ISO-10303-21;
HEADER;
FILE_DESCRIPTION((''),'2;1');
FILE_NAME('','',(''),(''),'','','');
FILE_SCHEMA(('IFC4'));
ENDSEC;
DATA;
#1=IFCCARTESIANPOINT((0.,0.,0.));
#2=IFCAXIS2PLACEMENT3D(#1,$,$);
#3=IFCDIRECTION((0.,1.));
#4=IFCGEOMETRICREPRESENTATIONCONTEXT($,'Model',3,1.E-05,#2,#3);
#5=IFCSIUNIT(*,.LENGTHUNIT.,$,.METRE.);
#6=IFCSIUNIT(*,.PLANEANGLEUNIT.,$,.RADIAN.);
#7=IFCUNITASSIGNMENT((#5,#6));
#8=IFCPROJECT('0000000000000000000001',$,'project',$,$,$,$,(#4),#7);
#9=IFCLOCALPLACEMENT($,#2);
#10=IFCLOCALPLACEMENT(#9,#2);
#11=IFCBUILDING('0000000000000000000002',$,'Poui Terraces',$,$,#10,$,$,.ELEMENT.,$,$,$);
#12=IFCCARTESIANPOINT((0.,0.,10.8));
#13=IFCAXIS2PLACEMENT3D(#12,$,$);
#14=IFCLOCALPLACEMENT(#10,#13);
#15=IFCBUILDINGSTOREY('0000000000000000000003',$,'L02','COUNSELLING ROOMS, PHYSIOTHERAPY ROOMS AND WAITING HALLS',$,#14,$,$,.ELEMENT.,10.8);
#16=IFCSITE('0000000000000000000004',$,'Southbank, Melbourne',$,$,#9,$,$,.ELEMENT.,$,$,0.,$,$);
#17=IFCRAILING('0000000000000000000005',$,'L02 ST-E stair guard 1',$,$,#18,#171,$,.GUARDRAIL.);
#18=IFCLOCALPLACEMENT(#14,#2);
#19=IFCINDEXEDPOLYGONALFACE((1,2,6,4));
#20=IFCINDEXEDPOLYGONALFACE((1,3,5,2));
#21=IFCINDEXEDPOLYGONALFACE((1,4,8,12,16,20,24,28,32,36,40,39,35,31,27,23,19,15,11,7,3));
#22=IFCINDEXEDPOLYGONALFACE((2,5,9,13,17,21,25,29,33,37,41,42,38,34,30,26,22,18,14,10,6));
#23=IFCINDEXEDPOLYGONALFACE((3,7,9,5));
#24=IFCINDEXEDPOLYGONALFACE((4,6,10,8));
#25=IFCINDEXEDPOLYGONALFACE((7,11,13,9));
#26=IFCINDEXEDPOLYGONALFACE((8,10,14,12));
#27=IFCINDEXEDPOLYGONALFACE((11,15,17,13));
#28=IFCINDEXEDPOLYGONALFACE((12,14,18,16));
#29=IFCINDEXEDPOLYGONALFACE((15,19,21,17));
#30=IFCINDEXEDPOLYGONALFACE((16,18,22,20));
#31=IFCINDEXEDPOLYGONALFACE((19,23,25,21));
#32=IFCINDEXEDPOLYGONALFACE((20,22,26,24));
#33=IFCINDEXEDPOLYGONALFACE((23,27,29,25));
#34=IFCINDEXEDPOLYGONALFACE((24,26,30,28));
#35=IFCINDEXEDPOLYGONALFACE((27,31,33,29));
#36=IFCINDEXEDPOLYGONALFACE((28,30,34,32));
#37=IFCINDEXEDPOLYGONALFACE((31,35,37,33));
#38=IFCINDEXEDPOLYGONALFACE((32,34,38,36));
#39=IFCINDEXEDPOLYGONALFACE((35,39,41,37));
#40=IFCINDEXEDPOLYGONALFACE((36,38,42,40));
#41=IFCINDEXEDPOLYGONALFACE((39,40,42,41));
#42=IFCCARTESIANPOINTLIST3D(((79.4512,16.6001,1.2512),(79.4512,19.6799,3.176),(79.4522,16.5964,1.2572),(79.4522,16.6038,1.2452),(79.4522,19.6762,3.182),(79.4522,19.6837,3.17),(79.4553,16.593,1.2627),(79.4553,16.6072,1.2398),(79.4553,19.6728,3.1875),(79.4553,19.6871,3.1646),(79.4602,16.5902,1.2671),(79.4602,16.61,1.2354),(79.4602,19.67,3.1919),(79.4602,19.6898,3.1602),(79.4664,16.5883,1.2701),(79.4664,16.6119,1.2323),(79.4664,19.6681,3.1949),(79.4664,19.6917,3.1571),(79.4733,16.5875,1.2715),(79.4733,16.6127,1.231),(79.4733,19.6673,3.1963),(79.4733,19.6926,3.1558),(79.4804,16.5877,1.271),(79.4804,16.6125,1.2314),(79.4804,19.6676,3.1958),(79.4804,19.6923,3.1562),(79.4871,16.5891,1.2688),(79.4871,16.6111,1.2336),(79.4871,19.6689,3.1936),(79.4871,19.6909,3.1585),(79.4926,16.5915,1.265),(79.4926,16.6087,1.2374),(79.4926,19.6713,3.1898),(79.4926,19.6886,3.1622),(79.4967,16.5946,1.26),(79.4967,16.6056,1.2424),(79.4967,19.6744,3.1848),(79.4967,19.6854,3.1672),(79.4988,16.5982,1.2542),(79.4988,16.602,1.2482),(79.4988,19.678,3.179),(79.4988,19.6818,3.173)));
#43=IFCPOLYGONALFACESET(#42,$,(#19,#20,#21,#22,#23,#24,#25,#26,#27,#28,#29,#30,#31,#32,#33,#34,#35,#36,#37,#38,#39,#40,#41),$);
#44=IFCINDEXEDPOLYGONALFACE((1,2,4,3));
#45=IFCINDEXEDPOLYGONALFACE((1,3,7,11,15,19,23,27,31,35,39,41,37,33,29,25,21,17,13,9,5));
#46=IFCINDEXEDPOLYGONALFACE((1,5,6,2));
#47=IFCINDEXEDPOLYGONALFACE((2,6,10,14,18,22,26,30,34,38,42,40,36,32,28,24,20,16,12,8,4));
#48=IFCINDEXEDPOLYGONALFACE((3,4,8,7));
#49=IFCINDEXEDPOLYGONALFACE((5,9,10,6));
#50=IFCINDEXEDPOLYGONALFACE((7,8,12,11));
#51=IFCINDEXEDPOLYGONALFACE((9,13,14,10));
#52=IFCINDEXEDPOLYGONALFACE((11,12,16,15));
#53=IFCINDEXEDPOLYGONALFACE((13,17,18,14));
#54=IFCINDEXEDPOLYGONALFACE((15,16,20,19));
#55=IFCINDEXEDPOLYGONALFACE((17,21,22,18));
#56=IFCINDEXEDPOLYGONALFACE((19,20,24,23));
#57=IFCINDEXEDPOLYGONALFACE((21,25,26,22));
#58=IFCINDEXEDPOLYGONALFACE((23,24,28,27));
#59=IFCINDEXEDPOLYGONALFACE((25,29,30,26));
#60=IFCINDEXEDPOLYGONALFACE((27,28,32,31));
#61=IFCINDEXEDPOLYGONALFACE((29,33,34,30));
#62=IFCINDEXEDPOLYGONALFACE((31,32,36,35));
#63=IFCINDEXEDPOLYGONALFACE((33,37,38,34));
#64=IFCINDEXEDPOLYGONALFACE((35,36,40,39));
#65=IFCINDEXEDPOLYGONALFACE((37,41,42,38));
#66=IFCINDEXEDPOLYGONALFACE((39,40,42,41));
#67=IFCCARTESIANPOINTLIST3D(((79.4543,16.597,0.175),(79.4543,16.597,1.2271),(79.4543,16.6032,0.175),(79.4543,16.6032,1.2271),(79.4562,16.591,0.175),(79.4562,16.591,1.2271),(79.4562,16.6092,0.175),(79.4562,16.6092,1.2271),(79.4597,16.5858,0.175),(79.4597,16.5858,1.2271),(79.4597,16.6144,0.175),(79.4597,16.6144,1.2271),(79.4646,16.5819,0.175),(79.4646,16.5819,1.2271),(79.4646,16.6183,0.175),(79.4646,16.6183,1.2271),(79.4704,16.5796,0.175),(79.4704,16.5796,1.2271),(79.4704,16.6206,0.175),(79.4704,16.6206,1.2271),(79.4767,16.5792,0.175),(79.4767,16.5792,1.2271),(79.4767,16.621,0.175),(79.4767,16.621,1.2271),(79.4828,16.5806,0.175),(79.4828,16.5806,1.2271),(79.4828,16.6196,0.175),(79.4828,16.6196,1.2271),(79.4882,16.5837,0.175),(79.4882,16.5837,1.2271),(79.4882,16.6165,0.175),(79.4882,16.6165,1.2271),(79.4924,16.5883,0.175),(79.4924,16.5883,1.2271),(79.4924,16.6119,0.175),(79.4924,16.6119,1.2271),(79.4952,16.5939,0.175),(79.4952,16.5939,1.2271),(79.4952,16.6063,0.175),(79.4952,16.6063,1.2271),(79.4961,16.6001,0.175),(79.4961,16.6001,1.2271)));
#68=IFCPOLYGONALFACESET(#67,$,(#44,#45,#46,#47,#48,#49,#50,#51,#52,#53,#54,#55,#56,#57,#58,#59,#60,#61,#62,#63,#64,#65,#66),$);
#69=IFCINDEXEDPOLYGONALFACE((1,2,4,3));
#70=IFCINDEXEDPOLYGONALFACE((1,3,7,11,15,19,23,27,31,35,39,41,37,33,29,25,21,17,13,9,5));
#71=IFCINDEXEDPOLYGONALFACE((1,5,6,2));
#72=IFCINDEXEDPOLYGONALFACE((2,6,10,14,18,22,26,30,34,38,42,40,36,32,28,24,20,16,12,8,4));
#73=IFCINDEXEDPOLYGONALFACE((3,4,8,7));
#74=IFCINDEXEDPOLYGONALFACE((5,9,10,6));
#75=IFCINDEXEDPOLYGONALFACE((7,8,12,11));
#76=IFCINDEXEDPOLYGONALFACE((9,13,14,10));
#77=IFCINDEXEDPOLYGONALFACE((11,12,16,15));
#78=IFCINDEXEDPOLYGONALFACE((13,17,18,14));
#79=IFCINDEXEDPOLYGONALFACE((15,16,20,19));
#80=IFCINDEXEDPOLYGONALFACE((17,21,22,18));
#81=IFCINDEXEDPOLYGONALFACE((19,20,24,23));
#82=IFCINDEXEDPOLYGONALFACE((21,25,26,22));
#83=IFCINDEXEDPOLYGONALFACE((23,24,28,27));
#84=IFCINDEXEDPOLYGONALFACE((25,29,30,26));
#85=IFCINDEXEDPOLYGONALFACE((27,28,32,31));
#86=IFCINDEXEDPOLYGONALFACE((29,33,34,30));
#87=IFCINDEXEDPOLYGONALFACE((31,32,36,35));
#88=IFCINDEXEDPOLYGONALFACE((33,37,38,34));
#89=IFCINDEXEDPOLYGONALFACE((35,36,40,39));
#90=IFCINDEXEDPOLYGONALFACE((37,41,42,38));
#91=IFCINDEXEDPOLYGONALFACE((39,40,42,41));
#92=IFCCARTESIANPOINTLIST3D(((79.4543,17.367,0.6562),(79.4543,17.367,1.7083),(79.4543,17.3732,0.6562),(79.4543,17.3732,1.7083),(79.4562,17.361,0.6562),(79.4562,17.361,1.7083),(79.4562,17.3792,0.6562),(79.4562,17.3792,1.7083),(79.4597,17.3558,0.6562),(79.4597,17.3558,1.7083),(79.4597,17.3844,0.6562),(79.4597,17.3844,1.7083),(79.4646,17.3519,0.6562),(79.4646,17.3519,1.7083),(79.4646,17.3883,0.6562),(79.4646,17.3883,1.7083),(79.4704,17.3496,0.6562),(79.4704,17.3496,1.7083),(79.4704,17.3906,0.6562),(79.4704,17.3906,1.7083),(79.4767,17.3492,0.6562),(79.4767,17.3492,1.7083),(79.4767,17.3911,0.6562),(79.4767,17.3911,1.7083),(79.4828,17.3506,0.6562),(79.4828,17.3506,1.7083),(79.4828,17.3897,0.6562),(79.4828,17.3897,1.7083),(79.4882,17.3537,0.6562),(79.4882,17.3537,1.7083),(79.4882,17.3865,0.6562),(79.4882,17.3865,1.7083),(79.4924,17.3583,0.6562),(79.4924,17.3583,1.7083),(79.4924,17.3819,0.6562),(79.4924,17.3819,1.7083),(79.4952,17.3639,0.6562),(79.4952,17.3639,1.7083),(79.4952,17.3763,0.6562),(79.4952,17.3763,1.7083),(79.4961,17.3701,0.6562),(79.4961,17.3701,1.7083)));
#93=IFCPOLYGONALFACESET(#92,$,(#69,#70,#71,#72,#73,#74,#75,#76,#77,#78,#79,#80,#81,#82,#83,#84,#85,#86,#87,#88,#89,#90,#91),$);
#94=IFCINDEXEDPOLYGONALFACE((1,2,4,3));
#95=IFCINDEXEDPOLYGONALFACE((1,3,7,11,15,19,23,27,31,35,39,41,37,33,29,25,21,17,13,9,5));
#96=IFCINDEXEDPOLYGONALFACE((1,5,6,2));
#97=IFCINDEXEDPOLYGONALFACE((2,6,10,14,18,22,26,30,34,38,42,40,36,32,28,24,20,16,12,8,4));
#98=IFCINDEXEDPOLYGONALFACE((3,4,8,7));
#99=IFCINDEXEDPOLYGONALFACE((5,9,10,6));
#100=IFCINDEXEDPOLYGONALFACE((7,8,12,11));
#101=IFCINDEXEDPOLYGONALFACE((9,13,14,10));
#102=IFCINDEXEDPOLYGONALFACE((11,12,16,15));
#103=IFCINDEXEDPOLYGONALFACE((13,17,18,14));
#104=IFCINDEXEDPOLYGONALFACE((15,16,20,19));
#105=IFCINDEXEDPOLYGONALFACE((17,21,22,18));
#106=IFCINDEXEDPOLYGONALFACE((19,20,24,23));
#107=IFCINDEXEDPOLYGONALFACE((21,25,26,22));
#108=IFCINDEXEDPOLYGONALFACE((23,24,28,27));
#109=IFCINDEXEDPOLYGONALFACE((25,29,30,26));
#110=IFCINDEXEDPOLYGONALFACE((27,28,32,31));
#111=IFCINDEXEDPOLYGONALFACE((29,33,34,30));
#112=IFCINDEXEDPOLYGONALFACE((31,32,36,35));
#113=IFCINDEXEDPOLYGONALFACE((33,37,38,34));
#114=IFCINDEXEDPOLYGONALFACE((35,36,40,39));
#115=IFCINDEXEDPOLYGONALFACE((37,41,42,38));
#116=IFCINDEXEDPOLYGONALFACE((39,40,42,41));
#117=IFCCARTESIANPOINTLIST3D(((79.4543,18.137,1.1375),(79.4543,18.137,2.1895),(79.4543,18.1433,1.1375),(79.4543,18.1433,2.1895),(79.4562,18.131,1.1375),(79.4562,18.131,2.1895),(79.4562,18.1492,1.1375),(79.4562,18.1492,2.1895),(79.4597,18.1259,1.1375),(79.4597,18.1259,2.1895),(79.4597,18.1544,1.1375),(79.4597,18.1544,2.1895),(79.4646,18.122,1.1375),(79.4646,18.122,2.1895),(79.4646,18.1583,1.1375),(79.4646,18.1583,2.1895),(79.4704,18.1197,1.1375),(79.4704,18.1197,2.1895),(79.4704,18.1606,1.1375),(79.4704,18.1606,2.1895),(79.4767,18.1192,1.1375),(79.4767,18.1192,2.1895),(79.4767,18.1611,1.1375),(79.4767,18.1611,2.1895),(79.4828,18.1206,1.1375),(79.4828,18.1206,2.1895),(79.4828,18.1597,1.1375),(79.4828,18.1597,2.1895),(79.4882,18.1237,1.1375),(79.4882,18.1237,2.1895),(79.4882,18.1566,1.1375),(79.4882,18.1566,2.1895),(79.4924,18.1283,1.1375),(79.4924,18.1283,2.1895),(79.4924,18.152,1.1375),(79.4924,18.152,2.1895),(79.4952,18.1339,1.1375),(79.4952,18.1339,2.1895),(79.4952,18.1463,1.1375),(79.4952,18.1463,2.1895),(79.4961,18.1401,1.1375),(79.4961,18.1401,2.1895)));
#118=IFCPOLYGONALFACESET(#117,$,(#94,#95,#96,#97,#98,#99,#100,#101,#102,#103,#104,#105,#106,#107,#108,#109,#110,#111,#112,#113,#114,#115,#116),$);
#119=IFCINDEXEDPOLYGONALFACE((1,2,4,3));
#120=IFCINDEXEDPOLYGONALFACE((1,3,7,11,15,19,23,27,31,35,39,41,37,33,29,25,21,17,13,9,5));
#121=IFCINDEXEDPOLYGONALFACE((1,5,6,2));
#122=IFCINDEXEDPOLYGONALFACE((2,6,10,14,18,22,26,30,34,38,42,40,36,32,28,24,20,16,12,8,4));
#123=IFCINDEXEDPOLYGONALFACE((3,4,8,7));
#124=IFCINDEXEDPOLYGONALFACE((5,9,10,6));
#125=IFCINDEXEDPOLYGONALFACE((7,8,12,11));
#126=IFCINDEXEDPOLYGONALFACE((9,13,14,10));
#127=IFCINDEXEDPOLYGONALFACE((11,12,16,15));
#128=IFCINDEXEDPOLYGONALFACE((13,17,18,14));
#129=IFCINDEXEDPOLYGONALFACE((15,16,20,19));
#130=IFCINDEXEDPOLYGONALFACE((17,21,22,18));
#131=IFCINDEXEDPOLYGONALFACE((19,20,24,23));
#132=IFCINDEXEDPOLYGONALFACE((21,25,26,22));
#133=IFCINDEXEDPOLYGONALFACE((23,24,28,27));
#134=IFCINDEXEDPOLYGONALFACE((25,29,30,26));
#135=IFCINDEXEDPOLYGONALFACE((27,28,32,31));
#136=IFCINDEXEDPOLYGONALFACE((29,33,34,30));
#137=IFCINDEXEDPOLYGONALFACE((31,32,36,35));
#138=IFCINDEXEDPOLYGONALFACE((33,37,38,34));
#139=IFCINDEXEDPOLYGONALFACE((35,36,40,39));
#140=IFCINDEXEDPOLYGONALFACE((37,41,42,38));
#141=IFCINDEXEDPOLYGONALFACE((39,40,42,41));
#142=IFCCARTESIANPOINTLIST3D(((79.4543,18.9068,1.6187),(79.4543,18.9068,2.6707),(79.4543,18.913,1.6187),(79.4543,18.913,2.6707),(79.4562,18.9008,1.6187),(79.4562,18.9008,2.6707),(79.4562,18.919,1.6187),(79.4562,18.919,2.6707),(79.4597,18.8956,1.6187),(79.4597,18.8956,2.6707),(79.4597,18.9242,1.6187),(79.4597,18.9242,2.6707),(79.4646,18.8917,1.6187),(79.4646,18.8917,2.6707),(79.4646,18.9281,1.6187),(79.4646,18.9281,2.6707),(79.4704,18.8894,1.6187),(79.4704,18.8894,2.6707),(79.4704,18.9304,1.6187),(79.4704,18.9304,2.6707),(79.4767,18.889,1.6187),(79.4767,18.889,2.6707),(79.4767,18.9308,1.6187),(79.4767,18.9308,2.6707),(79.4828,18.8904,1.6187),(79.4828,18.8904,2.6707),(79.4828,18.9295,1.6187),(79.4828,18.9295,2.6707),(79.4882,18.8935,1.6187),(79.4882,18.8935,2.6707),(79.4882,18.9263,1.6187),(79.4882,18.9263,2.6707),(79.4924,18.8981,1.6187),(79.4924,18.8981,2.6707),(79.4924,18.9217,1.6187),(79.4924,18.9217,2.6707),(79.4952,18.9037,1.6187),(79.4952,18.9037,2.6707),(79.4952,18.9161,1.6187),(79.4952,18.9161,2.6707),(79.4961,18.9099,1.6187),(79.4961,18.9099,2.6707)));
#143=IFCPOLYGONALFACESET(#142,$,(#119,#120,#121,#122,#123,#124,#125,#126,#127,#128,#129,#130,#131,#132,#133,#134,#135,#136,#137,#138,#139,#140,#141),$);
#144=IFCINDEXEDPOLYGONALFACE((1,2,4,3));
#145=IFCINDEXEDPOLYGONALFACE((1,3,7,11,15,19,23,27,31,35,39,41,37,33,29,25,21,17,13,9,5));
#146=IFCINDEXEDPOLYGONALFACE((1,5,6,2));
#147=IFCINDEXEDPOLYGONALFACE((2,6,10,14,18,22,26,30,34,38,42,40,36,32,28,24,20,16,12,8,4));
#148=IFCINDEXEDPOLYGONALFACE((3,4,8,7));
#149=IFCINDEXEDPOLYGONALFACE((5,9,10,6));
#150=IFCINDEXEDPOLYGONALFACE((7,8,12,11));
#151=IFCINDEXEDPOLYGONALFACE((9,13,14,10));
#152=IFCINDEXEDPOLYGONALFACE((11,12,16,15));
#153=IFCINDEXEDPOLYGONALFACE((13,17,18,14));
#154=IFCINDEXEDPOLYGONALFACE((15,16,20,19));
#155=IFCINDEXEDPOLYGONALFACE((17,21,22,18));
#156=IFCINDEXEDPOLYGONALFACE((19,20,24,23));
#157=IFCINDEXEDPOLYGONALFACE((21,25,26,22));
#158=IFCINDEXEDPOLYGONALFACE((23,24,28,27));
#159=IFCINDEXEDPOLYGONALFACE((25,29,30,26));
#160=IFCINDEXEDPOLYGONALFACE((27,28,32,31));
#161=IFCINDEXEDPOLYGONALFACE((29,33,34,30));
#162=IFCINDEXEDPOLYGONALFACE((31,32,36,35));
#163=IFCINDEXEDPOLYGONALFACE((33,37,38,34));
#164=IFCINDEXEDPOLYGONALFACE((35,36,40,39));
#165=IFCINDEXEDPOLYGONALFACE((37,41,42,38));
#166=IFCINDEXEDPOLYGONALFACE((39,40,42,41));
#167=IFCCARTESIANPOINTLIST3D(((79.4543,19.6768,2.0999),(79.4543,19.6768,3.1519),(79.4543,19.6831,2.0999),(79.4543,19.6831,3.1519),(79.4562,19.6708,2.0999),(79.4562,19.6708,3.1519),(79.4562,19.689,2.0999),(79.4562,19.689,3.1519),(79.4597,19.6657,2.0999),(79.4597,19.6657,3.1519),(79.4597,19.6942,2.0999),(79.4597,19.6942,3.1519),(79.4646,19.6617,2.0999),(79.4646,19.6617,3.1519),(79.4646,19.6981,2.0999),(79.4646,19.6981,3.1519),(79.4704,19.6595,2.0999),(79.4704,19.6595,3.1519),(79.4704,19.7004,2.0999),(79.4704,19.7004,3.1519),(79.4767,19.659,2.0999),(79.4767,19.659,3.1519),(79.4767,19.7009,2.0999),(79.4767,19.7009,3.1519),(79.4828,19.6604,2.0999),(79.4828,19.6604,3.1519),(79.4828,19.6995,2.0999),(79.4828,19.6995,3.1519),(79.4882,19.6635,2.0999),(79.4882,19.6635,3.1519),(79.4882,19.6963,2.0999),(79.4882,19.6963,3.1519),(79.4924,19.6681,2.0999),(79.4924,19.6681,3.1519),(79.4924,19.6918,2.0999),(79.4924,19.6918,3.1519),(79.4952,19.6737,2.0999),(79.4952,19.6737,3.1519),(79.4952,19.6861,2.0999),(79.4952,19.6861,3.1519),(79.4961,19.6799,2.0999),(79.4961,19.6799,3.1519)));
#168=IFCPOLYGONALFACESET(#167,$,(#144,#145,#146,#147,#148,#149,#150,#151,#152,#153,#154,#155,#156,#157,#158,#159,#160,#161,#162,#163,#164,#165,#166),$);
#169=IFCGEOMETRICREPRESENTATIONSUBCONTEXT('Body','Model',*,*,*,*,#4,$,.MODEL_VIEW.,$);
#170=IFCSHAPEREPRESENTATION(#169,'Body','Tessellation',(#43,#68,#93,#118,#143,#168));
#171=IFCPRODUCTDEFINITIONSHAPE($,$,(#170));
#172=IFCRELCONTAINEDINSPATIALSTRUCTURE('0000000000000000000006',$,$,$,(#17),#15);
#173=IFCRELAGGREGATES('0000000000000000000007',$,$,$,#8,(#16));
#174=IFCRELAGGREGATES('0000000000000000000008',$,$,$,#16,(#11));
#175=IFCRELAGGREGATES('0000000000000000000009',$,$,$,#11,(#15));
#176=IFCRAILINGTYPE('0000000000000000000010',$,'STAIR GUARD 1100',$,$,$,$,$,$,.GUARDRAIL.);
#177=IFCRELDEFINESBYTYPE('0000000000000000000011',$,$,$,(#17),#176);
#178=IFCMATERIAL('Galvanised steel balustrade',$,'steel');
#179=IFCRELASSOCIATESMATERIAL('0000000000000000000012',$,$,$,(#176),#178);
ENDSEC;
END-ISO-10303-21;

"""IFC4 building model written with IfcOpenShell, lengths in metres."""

from ifc_helpers import new_model, si_unit, direction, frame, origin, origin_2d, place, context, subcontext, project, spatial, circle, extrude, material, type_object, element, save


model = new_model("IFC4")

# Units and contexts
model_context = context("Model", 3, precision=1e-05, world=origin(), true_north=direction((0.0, 1.0)))
body_context = subcontext(model_context, "Body", "Model", "MODEL_VIEW")
ifc_project = project(units=[si_unit("LENGTHUNIT", "METRE"), si_unit("PLANEANGLEUNIT", "RADIAN")], contexts=[model_context])

# Site, building, storey
site_placement = place(None, origin())
site = spatial("IfcSite", under=ifc_project, at=site_placement, Name="Southbank, Melbourne", CompositionType="ELEMENT", RefElevation=0.0)
building_placement = place(site_placement, origin())
building = spatial("IfcBuilding", under=site, at=building_placement, Name="Poui Terraces", CompositionType="ELEMENT")
storey_placement = place(building_placement, frame((0.0, 0.0, 10.8)))
storey = spatial("IfcBuildingStorey", under=building, at=storey_placement, Name="L02", Description="COUNSELLING ROOMS, PHYSIOTHERAPY ROOMS AND WAITING HALLS", CompositionType="ELEMENT", Elevation=10.8)

# Railing
ifc_material_1 = material(Name="Galvanised steel balustrade", Category="steel")
railing_type_1 = type_object("IfcRailingType", Name="STAIR GUARD 1100", PredefinedType="GUARDRAIL", material=ifc_material_1)
railing_1_placement = place(storey_placement, frame((79.4751, 16.6001, 0.175)))
element("IfcRailing", 1, at=railing_1_placement, inside=storey, type_object=railing_type_1, Name="L02 ST-E stair guard 1", PredefinedType="GUARDRAIL", context=body_context, shape_type="SweptSolid", body=[
    extrude(circle(Radius=0.0239, at=origin_2d()), frame((0.0, 0.0, 1.0762), z_axis=(0.0, 0.84801, 0.529981), x_axis=(-1.0, 0.0, 0.0)), (0.0, 0.0, 1.0), 3.6318),
    extrude(circle(Radius=0.021, at=origin_2d()), origin(), (0.0, 0.0, 1.0), 1.052),
    extrude(circle(Radius=0.021, at=origin_2d()), frame((0.0, 0.77, 0.4812)), (0.0, 0.0, 1.0), 1.052),
    extrude(circle(Radius=0.021, at=origin_2d()), frame((0.0, 1.54, 0.9624)), (0.0, 0.0, 1.0), 1.052),
    extrude(circle(Radius=0.021, at=origin_2d()), frame((0.0, 2.3098, 1.4436)), (0.0, 0.0, 1.0), 1.052),
    extrude(circle(Radius=0.021, at=origin_2d()), frame((0.0, 3.0798, 1.9248)), (0.0, 0.0, 1.0), 1.052),
])

save(model, "model.ifc")
